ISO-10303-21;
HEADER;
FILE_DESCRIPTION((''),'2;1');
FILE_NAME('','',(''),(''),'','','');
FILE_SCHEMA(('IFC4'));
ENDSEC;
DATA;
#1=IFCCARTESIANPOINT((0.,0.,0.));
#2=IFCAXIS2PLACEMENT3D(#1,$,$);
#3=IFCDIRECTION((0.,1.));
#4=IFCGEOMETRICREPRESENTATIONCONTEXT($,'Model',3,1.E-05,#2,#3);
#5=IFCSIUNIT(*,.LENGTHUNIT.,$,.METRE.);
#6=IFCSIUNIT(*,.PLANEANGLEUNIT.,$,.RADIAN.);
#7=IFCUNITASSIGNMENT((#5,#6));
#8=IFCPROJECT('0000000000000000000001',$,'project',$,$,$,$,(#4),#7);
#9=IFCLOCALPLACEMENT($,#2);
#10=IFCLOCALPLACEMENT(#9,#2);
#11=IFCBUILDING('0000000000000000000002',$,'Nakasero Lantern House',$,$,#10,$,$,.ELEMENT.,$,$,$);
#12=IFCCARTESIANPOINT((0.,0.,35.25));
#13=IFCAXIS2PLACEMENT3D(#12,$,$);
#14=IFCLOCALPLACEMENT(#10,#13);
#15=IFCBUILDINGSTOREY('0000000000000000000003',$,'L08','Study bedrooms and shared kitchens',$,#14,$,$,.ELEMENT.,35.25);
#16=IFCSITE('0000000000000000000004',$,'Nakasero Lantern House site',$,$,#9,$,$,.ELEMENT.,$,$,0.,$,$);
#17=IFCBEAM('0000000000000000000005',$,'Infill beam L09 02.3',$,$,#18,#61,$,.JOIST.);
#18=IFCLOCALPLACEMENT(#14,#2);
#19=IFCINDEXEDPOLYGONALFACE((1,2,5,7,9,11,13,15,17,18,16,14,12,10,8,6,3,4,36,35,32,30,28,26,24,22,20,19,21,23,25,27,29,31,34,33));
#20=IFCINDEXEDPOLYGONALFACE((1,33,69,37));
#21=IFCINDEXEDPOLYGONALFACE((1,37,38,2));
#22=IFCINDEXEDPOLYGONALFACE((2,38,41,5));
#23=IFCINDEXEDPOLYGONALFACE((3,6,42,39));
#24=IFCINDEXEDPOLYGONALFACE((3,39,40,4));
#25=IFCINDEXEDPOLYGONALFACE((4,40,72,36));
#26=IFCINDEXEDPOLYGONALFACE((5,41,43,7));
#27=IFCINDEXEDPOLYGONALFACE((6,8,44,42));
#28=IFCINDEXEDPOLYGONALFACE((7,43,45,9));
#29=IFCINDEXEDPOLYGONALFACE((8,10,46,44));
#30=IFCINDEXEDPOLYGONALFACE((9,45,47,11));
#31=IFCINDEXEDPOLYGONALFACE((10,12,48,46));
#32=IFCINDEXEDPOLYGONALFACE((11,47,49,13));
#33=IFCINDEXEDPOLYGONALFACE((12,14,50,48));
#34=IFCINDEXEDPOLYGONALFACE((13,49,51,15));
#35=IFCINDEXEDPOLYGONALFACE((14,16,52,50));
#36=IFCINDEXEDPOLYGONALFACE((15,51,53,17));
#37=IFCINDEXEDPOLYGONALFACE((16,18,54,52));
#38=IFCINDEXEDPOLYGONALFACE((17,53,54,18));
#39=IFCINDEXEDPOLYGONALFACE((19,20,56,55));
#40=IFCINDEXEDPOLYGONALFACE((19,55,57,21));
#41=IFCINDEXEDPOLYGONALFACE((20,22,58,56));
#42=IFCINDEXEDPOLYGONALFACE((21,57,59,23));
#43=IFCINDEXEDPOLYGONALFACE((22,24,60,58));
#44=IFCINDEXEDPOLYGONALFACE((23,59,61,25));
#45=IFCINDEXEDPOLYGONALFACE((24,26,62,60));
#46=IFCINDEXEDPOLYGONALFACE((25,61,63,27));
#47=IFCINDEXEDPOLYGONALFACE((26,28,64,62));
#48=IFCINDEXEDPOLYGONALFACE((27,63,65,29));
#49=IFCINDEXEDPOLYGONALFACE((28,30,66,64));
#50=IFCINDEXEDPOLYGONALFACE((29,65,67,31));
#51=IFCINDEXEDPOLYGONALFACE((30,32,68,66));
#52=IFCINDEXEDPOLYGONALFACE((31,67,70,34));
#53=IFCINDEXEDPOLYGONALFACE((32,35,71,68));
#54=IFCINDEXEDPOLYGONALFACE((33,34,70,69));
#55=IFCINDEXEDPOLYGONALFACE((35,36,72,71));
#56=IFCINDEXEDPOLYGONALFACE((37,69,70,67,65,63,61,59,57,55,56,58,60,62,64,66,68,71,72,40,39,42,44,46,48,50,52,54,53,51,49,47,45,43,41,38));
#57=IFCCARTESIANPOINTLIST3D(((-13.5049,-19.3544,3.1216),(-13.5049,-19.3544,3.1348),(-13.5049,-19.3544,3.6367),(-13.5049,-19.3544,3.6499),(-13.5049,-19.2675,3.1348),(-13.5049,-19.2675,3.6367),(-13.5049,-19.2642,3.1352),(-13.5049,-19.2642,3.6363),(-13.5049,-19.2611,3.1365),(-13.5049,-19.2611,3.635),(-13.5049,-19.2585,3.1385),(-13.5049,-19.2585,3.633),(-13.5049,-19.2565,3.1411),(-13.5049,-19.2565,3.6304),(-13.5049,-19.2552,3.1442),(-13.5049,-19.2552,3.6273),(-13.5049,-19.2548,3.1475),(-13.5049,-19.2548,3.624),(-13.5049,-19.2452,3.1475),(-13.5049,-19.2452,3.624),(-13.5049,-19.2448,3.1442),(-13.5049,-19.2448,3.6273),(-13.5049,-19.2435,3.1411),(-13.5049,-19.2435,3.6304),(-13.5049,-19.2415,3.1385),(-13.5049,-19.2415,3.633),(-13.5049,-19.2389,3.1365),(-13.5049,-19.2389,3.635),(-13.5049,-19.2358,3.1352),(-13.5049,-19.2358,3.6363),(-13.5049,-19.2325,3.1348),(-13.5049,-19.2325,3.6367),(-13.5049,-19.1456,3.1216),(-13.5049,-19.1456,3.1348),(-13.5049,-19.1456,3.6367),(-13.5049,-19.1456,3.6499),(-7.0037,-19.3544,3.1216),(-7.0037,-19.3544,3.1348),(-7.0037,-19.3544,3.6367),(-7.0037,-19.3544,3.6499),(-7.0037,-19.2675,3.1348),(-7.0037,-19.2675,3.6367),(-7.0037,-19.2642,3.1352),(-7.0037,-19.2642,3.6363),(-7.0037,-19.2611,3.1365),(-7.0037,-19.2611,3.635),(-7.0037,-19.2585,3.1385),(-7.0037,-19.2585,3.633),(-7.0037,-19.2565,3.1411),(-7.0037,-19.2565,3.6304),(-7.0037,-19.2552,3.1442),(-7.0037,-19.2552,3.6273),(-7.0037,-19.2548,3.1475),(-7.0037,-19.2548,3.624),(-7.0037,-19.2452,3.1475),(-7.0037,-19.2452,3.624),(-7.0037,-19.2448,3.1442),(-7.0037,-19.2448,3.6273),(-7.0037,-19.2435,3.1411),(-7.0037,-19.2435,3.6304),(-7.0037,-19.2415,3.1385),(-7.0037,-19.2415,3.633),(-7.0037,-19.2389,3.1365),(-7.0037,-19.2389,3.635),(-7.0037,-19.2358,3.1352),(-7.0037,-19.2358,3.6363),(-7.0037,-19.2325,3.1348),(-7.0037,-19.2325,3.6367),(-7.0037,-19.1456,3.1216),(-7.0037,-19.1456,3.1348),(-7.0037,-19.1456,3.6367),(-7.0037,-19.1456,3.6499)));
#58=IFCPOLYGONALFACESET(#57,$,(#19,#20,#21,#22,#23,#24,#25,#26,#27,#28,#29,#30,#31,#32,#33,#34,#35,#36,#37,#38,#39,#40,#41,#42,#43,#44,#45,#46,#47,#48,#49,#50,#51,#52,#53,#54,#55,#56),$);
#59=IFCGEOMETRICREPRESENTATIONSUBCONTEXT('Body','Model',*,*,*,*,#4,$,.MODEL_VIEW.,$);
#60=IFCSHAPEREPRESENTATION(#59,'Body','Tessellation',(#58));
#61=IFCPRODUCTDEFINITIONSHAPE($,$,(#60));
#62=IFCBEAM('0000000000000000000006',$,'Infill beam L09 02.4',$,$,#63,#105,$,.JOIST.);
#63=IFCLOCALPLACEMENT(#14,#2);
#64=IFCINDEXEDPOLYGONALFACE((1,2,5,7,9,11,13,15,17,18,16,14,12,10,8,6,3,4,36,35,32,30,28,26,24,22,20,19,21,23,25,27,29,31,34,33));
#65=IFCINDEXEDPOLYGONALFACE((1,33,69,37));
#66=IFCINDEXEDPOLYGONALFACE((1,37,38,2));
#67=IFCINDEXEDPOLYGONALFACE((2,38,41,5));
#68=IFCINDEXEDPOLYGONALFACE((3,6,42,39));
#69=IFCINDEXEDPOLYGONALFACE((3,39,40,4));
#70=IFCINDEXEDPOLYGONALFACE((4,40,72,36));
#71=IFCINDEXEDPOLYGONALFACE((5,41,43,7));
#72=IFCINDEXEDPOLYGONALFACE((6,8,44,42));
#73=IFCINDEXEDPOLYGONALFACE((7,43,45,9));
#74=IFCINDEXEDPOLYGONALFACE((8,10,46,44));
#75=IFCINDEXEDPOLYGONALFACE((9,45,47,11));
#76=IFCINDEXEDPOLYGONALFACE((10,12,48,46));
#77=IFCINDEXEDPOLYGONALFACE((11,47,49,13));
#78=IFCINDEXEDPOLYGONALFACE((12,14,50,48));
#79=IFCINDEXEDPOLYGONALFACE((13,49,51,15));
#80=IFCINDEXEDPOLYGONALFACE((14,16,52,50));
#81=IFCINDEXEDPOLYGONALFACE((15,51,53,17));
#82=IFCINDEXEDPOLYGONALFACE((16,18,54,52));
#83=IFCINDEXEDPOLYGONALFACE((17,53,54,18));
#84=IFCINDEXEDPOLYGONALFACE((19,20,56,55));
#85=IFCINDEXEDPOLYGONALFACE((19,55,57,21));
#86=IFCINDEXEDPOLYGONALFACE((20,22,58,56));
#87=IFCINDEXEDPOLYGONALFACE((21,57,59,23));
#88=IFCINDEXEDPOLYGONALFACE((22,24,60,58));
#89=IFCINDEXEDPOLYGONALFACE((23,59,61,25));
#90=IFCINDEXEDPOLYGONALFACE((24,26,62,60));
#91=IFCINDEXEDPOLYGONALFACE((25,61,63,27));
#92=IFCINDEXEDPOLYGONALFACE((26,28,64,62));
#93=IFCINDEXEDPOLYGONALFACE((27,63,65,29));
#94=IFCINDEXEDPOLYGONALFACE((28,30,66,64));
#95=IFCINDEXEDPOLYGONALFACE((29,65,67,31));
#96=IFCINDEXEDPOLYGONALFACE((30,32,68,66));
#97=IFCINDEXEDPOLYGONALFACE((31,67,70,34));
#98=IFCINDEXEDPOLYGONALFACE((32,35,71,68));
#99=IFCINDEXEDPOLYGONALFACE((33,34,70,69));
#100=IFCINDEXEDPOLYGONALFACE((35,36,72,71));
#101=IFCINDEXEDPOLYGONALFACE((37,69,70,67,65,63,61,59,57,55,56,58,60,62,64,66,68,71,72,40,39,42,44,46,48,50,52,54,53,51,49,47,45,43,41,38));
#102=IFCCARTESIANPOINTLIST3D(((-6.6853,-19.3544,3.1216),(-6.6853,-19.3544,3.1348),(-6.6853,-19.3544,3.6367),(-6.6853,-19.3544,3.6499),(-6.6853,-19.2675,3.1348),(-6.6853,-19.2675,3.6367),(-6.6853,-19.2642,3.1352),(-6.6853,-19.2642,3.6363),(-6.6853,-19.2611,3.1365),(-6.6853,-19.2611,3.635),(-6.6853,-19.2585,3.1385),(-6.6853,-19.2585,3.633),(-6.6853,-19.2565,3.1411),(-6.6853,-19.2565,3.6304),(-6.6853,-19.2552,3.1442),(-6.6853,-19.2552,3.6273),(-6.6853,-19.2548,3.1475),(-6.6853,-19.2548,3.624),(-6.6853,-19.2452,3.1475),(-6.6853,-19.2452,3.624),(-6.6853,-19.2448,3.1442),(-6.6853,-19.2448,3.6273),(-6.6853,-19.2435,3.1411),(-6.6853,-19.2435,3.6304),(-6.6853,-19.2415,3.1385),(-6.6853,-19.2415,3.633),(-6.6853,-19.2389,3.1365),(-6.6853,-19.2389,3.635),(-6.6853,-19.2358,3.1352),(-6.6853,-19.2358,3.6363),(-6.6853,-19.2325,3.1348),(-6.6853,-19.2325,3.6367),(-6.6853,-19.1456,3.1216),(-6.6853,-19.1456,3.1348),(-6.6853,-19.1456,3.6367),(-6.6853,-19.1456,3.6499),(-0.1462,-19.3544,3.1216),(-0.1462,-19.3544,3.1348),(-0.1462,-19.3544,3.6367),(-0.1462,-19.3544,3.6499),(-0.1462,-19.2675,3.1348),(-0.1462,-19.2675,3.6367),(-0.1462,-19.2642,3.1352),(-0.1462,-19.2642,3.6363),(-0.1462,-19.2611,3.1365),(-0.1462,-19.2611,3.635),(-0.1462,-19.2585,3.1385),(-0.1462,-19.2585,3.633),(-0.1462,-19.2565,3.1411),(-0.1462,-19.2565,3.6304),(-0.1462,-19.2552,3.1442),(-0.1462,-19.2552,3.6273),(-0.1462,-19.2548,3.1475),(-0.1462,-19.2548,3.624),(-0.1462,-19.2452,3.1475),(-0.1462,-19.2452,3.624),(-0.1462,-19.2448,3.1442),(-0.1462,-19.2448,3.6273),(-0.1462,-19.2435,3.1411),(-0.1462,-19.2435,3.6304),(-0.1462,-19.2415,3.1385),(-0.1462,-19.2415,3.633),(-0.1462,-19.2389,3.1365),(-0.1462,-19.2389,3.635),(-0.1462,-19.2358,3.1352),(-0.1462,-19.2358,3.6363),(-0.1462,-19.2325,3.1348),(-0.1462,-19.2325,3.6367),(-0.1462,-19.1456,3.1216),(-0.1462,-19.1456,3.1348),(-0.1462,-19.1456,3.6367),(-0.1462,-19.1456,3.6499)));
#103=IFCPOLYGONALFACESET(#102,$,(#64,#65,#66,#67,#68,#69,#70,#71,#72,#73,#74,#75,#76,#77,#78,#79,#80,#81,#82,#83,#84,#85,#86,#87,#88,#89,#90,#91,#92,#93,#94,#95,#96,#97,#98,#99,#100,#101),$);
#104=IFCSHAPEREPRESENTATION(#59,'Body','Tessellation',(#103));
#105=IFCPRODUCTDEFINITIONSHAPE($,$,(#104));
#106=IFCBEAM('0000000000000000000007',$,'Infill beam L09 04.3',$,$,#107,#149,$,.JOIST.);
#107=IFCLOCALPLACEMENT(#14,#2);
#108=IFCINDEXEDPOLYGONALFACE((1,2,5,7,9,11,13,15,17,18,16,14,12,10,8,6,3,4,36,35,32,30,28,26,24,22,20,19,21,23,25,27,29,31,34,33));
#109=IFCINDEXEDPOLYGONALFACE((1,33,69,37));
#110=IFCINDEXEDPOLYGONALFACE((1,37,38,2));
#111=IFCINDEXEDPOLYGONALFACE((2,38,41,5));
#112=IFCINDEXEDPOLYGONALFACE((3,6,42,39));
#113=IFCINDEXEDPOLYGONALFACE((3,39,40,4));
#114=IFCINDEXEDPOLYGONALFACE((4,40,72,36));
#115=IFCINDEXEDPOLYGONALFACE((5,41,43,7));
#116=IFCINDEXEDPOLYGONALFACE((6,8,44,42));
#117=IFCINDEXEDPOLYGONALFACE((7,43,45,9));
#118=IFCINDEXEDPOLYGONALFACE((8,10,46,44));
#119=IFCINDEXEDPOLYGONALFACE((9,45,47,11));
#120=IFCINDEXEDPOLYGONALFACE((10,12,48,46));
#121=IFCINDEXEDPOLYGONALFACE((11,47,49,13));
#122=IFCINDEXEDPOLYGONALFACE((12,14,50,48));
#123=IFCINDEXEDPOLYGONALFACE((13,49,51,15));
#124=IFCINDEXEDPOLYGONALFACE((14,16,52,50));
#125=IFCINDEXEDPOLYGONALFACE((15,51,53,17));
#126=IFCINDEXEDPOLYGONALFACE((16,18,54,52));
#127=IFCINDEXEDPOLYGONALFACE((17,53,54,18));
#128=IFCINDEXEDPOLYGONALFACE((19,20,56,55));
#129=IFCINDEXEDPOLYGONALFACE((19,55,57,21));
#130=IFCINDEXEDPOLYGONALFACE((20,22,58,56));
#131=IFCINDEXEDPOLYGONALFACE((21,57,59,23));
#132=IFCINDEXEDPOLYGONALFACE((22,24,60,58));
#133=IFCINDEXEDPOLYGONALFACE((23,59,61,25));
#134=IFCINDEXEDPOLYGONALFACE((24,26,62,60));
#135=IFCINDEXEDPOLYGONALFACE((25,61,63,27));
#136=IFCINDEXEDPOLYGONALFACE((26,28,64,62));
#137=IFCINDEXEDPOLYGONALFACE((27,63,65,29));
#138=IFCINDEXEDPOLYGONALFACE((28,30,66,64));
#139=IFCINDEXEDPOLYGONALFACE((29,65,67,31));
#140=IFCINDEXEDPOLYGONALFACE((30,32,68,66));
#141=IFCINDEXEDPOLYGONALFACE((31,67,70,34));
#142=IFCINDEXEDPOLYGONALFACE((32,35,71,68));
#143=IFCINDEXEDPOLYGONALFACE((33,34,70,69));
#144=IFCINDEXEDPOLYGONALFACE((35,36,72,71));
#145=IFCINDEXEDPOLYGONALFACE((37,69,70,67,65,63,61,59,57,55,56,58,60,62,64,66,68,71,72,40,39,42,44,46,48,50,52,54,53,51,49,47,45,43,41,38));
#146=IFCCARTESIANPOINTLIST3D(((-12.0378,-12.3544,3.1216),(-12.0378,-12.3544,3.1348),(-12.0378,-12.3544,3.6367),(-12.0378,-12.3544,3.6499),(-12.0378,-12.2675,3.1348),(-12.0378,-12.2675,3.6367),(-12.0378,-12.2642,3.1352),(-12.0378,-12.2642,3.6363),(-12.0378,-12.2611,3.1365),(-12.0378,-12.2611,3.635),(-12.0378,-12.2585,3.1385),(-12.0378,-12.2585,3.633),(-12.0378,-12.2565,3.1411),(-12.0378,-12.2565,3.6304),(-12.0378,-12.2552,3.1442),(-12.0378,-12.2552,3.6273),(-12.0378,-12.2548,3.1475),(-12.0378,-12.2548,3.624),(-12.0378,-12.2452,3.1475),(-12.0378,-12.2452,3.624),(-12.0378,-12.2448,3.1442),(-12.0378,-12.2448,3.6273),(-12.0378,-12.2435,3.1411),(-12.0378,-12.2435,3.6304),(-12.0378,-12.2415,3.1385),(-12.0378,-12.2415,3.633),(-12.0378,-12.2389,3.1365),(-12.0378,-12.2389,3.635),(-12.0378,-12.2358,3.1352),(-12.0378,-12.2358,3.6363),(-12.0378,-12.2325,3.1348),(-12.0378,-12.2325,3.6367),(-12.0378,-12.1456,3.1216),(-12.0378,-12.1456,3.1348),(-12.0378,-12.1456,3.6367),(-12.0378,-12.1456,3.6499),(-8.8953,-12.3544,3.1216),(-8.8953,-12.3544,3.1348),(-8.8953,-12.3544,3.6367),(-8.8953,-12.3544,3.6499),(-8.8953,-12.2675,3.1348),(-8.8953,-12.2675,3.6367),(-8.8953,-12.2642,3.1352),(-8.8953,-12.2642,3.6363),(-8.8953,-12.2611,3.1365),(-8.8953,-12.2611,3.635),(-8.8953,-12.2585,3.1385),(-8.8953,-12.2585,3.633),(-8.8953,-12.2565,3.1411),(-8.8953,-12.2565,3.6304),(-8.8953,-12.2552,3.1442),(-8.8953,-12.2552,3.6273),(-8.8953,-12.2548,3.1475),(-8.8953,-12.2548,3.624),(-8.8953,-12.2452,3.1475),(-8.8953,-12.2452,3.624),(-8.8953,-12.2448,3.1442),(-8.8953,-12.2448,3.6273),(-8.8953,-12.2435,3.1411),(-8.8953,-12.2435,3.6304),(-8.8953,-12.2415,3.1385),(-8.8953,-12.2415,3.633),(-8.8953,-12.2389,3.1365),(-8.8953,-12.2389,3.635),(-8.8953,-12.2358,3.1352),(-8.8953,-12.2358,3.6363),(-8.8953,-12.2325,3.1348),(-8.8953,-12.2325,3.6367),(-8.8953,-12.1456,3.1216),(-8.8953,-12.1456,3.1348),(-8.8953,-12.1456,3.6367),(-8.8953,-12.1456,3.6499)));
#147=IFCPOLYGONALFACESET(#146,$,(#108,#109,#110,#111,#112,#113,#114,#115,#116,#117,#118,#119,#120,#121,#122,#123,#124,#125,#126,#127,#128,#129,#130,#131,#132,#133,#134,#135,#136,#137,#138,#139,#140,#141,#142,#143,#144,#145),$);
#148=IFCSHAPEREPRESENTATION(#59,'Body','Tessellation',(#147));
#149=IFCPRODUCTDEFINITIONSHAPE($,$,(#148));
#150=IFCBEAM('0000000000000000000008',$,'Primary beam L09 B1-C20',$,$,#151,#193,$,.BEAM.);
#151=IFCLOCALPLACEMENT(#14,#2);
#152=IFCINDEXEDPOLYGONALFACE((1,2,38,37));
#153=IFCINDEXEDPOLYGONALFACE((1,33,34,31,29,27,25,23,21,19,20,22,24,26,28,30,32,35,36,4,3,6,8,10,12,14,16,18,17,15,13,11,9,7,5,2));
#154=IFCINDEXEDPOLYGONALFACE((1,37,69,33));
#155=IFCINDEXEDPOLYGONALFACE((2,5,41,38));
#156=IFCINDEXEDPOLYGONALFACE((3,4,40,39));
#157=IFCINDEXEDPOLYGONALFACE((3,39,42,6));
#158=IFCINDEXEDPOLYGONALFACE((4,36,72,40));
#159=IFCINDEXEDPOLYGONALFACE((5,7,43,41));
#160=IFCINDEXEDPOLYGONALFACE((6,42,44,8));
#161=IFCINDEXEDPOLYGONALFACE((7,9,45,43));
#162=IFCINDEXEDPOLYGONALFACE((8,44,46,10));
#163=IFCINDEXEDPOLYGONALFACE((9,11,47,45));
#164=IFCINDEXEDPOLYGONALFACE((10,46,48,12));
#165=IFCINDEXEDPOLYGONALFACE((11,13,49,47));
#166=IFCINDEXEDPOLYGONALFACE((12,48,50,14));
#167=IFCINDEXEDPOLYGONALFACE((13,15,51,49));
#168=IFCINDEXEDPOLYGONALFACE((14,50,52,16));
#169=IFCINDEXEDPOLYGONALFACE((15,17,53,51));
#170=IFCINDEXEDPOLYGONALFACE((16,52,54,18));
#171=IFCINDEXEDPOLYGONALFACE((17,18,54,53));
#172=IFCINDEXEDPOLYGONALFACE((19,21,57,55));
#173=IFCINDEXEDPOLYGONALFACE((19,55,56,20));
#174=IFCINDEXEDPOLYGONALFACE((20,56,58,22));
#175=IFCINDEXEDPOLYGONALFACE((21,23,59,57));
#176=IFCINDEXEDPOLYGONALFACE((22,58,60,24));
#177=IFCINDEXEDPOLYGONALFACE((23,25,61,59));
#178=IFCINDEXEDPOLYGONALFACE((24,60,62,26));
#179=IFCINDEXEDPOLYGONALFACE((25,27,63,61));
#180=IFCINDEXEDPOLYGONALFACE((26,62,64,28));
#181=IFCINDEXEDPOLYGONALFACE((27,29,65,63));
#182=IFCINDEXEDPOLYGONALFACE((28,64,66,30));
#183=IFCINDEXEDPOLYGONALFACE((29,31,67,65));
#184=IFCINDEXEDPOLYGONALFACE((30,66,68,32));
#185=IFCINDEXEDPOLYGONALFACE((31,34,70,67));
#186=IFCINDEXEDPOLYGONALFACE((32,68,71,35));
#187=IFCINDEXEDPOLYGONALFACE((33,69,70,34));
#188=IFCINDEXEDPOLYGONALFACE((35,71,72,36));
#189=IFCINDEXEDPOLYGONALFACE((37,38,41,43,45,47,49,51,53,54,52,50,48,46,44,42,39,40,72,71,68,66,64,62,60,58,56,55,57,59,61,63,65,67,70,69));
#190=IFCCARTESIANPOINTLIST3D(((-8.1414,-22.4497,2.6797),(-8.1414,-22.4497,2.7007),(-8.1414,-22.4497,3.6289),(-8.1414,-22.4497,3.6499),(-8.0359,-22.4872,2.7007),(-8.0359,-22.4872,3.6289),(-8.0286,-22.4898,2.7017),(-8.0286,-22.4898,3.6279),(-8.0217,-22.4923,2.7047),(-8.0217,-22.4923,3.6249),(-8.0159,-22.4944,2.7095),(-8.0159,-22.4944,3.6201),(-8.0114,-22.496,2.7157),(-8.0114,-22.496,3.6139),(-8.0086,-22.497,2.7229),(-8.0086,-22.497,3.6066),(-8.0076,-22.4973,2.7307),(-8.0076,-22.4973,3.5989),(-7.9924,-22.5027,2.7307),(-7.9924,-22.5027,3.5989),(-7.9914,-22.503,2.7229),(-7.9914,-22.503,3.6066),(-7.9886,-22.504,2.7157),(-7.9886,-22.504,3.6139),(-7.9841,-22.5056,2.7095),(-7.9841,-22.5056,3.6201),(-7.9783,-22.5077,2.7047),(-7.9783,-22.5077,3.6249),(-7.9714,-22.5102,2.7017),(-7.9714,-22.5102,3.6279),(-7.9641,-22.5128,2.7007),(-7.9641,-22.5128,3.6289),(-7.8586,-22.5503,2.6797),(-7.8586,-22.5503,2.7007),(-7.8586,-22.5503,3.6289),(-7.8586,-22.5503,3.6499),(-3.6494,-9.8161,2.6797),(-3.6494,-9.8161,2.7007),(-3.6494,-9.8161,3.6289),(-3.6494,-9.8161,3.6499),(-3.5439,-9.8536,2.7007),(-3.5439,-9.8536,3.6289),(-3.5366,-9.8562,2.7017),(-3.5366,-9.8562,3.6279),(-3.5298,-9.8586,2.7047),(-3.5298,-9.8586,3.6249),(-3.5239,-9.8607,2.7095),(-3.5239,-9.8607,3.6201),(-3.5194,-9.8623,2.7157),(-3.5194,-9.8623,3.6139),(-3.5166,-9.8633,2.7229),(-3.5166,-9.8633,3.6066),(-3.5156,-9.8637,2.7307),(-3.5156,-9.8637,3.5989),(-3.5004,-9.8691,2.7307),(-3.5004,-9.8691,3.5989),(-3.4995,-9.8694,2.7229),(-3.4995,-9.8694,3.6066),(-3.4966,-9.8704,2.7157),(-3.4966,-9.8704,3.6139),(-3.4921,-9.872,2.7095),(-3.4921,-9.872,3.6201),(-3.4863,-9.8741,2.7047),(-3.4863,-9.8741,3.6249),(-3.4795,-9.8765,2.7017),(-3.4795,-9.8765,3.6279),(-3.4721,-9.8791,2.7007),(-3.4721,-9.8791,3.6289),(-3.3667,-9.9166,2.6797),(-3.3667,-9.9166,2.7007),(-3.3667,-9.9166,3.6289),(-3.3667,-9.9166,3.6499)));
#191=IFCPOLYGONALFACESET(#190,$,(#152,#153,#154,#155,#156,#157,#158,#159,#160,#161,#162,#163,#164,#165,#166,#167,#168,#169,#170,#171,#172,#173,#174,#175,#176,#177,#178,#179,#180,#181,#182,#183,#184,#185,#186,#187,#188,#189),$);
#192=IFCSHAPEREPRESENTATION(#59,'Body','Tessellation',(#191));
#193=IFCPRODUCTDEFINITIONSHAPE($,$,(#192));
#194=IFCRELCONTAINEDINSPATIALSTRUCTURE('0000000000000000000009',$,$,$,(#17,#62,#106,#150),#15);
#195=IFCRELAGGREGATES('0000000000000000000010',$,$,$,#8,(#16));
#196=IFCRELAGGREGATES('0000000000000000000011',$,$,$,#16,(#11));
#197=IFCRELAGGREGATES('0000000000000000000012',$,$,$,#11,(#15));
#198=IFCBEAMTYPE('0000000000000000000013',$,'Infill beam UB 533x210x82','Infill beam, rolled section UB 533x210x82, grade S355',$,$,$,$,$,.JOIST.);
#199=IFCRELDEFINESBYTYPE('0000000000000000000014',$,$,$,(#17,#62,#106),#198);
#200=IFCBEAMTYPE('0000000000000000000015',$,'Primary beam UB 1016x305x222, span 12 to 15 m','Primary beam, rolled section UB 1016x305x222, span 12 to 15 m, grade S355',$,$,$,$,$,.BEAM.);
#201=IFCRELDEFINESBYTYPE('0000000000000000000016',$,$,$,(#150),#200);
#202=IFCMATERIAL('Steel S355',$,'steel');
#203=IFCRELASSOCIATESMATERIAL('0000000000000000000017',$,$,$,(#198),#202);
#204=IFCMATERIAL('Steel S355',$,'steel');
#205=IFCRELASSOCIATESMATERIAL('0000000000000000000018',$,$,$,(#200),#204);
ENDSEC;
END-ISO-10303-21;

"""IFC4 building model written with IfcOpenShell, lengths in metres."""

from ifc_helpers import new_model, si_unit, direction, frame, origin, origin_2d, place, context, subcontext, project, spatial, i_section, extrude, material, material_profile, profile_set, type_object, element, save


model = new_model("IFC4")

# Units and contexts
model_context = context("Model", 3, precision=1e-05, world=origin(), true_north=direction((0.0, 1.0)))
body_context = subcontext(model_context, "Body", "Model", "MODEL_VIEW")
ifc_project = project(units=[si_unit("LENGTHUNIT", "METRE"), si_unit("PLANEANGLEUNIT", "RADIAN")], contexts=[model_context])

# Site, building, storey
site_placement = place(None, origin())
site = spatial("IfcSite", under=ifc_project, at=site_placement, Name="Nakasero Lantern House site", CompositionType="ELEMENT", RefElevation=0.0)
building_placement = place(site_placement, origin())
building = spatial("IfcBuilding", under=site, at=building_placement, Name="Nakasero Lantern House", CompositionType="ELEMENT")
storey_placement = place(building_placement, frame((0.0, 0.0, 35.25)))
storey = spatial("IfcBuildingStorey", under=building, at=storey_placement, Name="L08", Description="Study bedrooms and shared kitchens", CompositionType="ELEMENT", Elevation=35.25)

# Beams
ifc_material_1 = material(Name="Steel S355", Category="steel")
ifc_material_profile_1 = material_profile(ifc_material_1, i_section(OverallWidth=0.2087, OverallDepth=0.5283, WebThickness=0.0095, FlangeThickness=0.0132, FilletRadius=0.0127, at=origin_2d()), Name="UB 533x210x82")
ifc_profile_set_1 = profile_set([ifc_material_profile_1], Name="Steel S355")
beam_type_1 = type_object("IfcBeamType", Name="Infill beam UB 533x210x82", Description="Infill beam, rolled section UB 533x210x82, grade S355", PredefinedType="JOIST", material=ifc_profile_set_1)
beam_1_placement = place(storey_placement, frame((-13.5049, -19.25, 3.3857), z_axis=(1.0, 0.0, 0.0), x_axis=(0.0, 1.0, 0.0)))
element("IfcBeam", 1, at=beam_1_placement, inside=storey, type_object=beam_type_1, Name="Infill beam L09 02.3", PredefinedType="JOIST", context=body_context, shape_type="SweptSolid", body=[
    extrude(i_section(OverallWidth=0.2087, OverallDepth=0.5283, WebThickness=0.0095, FlangeThickness=0.0132, FilletRadius=0.0127, at=origin_2d()), origin(), (0.0, 0.0, 1.0), 6.5012),
])
beam_2_placement = place(storey_placement, frame((-6.6853, -19.25, 3.3857), z_axis=(1.0, 0.0, 0.0), x_axis=(0.0, 1.0, 0.0)))
element("IfcBeam", 2, at=beam_2_placement, inside=storey, type_object=beam_type_1, Name="Infill beam L09 02.4", PredefinedType="JOIST", context=body_context, shape_type="SweptSolid", body=[
    extrude(i_section(OverallWidth=0.2087, OverallDepth=0.5283, WebThickness=0.0095, FlangeThickness=0.0132, FilletRadius=0.0127, at=origin_2d()), origin(), (0.0, 0.0, 1.0), 6.5391),
])
beam_3_placement = place(storey_placement, frame((-12.0378, -12.25, 3.3857), z_axis=(1.0, 0.0, 0.0), x_axis=(0.0, 1.0, 0.0)))
element("IfcBeam", 3, at=beam_3_placement, inside=storey, type_object=beam_type_1, Name="Infill beam L09 04.3", PredefinedType="JOIST", context=body_context, shape_type="SweptSolid", body=[
    extrude(i_section(OverallWidth=0.2087, OverallDepth=0.5283, WebThickness=0.0095, FlangeThickness=0.0132, FilletRadius=0.0127, at=origin_2d()), origin(), (0.0, 0.0, 1.0), 3.1426),
])
ifc_material_2 = material(Name="Steel S355", Category="steel")
ifc_material_profile_2 = material_profile(ifc_material_2, i_section(OverallWidth=0.3, OverallDepth=0.9702, WebThickness=0.0161, FlangeThickness=0.021, FilletRadius=0.03, at=origin_2d()), Name="UB 1016x305x222")
ifc_profile_set_2 = profile_set([ifc_material_profile_2], Name="Steel S355")
beam_type_2 = type_object("IfcBeamType", Name="Primary beam UB 1016x305x222, span 12 to 15 m", Description="Primary beam, rolled section UB 1016x305x222, span 12 to 15 m, grade S355", PredefinedType="BEAM", material=ifc_profile_set_2)
beam_4_placement = place(storey_placement, frame((-8.0, -22.5, 3.1648), z_axis=(0.335011, 0.942214, 0.0), x_axis=(-0.942214, 0.335011, 0.0)))
element("IfcBeam", 4, at=beam_4_placement, inside=storey, type_object=beam_type_2, Name="Primary beam L09 B1-C20", PredefinedType="BEAM", context=body_context, shape_type="SweptSolid", body=[
    extrude(i_section(OverallWidth=0.3, OverallDepth=0.9702, WebThickness=0.0161, FlangeThickness=0.021, FilletRadius=0.03, at=origin_2d()), origin(), (0.0, 0.0, 1.0), 13.4084),
])

save(model, "model.ifc")
